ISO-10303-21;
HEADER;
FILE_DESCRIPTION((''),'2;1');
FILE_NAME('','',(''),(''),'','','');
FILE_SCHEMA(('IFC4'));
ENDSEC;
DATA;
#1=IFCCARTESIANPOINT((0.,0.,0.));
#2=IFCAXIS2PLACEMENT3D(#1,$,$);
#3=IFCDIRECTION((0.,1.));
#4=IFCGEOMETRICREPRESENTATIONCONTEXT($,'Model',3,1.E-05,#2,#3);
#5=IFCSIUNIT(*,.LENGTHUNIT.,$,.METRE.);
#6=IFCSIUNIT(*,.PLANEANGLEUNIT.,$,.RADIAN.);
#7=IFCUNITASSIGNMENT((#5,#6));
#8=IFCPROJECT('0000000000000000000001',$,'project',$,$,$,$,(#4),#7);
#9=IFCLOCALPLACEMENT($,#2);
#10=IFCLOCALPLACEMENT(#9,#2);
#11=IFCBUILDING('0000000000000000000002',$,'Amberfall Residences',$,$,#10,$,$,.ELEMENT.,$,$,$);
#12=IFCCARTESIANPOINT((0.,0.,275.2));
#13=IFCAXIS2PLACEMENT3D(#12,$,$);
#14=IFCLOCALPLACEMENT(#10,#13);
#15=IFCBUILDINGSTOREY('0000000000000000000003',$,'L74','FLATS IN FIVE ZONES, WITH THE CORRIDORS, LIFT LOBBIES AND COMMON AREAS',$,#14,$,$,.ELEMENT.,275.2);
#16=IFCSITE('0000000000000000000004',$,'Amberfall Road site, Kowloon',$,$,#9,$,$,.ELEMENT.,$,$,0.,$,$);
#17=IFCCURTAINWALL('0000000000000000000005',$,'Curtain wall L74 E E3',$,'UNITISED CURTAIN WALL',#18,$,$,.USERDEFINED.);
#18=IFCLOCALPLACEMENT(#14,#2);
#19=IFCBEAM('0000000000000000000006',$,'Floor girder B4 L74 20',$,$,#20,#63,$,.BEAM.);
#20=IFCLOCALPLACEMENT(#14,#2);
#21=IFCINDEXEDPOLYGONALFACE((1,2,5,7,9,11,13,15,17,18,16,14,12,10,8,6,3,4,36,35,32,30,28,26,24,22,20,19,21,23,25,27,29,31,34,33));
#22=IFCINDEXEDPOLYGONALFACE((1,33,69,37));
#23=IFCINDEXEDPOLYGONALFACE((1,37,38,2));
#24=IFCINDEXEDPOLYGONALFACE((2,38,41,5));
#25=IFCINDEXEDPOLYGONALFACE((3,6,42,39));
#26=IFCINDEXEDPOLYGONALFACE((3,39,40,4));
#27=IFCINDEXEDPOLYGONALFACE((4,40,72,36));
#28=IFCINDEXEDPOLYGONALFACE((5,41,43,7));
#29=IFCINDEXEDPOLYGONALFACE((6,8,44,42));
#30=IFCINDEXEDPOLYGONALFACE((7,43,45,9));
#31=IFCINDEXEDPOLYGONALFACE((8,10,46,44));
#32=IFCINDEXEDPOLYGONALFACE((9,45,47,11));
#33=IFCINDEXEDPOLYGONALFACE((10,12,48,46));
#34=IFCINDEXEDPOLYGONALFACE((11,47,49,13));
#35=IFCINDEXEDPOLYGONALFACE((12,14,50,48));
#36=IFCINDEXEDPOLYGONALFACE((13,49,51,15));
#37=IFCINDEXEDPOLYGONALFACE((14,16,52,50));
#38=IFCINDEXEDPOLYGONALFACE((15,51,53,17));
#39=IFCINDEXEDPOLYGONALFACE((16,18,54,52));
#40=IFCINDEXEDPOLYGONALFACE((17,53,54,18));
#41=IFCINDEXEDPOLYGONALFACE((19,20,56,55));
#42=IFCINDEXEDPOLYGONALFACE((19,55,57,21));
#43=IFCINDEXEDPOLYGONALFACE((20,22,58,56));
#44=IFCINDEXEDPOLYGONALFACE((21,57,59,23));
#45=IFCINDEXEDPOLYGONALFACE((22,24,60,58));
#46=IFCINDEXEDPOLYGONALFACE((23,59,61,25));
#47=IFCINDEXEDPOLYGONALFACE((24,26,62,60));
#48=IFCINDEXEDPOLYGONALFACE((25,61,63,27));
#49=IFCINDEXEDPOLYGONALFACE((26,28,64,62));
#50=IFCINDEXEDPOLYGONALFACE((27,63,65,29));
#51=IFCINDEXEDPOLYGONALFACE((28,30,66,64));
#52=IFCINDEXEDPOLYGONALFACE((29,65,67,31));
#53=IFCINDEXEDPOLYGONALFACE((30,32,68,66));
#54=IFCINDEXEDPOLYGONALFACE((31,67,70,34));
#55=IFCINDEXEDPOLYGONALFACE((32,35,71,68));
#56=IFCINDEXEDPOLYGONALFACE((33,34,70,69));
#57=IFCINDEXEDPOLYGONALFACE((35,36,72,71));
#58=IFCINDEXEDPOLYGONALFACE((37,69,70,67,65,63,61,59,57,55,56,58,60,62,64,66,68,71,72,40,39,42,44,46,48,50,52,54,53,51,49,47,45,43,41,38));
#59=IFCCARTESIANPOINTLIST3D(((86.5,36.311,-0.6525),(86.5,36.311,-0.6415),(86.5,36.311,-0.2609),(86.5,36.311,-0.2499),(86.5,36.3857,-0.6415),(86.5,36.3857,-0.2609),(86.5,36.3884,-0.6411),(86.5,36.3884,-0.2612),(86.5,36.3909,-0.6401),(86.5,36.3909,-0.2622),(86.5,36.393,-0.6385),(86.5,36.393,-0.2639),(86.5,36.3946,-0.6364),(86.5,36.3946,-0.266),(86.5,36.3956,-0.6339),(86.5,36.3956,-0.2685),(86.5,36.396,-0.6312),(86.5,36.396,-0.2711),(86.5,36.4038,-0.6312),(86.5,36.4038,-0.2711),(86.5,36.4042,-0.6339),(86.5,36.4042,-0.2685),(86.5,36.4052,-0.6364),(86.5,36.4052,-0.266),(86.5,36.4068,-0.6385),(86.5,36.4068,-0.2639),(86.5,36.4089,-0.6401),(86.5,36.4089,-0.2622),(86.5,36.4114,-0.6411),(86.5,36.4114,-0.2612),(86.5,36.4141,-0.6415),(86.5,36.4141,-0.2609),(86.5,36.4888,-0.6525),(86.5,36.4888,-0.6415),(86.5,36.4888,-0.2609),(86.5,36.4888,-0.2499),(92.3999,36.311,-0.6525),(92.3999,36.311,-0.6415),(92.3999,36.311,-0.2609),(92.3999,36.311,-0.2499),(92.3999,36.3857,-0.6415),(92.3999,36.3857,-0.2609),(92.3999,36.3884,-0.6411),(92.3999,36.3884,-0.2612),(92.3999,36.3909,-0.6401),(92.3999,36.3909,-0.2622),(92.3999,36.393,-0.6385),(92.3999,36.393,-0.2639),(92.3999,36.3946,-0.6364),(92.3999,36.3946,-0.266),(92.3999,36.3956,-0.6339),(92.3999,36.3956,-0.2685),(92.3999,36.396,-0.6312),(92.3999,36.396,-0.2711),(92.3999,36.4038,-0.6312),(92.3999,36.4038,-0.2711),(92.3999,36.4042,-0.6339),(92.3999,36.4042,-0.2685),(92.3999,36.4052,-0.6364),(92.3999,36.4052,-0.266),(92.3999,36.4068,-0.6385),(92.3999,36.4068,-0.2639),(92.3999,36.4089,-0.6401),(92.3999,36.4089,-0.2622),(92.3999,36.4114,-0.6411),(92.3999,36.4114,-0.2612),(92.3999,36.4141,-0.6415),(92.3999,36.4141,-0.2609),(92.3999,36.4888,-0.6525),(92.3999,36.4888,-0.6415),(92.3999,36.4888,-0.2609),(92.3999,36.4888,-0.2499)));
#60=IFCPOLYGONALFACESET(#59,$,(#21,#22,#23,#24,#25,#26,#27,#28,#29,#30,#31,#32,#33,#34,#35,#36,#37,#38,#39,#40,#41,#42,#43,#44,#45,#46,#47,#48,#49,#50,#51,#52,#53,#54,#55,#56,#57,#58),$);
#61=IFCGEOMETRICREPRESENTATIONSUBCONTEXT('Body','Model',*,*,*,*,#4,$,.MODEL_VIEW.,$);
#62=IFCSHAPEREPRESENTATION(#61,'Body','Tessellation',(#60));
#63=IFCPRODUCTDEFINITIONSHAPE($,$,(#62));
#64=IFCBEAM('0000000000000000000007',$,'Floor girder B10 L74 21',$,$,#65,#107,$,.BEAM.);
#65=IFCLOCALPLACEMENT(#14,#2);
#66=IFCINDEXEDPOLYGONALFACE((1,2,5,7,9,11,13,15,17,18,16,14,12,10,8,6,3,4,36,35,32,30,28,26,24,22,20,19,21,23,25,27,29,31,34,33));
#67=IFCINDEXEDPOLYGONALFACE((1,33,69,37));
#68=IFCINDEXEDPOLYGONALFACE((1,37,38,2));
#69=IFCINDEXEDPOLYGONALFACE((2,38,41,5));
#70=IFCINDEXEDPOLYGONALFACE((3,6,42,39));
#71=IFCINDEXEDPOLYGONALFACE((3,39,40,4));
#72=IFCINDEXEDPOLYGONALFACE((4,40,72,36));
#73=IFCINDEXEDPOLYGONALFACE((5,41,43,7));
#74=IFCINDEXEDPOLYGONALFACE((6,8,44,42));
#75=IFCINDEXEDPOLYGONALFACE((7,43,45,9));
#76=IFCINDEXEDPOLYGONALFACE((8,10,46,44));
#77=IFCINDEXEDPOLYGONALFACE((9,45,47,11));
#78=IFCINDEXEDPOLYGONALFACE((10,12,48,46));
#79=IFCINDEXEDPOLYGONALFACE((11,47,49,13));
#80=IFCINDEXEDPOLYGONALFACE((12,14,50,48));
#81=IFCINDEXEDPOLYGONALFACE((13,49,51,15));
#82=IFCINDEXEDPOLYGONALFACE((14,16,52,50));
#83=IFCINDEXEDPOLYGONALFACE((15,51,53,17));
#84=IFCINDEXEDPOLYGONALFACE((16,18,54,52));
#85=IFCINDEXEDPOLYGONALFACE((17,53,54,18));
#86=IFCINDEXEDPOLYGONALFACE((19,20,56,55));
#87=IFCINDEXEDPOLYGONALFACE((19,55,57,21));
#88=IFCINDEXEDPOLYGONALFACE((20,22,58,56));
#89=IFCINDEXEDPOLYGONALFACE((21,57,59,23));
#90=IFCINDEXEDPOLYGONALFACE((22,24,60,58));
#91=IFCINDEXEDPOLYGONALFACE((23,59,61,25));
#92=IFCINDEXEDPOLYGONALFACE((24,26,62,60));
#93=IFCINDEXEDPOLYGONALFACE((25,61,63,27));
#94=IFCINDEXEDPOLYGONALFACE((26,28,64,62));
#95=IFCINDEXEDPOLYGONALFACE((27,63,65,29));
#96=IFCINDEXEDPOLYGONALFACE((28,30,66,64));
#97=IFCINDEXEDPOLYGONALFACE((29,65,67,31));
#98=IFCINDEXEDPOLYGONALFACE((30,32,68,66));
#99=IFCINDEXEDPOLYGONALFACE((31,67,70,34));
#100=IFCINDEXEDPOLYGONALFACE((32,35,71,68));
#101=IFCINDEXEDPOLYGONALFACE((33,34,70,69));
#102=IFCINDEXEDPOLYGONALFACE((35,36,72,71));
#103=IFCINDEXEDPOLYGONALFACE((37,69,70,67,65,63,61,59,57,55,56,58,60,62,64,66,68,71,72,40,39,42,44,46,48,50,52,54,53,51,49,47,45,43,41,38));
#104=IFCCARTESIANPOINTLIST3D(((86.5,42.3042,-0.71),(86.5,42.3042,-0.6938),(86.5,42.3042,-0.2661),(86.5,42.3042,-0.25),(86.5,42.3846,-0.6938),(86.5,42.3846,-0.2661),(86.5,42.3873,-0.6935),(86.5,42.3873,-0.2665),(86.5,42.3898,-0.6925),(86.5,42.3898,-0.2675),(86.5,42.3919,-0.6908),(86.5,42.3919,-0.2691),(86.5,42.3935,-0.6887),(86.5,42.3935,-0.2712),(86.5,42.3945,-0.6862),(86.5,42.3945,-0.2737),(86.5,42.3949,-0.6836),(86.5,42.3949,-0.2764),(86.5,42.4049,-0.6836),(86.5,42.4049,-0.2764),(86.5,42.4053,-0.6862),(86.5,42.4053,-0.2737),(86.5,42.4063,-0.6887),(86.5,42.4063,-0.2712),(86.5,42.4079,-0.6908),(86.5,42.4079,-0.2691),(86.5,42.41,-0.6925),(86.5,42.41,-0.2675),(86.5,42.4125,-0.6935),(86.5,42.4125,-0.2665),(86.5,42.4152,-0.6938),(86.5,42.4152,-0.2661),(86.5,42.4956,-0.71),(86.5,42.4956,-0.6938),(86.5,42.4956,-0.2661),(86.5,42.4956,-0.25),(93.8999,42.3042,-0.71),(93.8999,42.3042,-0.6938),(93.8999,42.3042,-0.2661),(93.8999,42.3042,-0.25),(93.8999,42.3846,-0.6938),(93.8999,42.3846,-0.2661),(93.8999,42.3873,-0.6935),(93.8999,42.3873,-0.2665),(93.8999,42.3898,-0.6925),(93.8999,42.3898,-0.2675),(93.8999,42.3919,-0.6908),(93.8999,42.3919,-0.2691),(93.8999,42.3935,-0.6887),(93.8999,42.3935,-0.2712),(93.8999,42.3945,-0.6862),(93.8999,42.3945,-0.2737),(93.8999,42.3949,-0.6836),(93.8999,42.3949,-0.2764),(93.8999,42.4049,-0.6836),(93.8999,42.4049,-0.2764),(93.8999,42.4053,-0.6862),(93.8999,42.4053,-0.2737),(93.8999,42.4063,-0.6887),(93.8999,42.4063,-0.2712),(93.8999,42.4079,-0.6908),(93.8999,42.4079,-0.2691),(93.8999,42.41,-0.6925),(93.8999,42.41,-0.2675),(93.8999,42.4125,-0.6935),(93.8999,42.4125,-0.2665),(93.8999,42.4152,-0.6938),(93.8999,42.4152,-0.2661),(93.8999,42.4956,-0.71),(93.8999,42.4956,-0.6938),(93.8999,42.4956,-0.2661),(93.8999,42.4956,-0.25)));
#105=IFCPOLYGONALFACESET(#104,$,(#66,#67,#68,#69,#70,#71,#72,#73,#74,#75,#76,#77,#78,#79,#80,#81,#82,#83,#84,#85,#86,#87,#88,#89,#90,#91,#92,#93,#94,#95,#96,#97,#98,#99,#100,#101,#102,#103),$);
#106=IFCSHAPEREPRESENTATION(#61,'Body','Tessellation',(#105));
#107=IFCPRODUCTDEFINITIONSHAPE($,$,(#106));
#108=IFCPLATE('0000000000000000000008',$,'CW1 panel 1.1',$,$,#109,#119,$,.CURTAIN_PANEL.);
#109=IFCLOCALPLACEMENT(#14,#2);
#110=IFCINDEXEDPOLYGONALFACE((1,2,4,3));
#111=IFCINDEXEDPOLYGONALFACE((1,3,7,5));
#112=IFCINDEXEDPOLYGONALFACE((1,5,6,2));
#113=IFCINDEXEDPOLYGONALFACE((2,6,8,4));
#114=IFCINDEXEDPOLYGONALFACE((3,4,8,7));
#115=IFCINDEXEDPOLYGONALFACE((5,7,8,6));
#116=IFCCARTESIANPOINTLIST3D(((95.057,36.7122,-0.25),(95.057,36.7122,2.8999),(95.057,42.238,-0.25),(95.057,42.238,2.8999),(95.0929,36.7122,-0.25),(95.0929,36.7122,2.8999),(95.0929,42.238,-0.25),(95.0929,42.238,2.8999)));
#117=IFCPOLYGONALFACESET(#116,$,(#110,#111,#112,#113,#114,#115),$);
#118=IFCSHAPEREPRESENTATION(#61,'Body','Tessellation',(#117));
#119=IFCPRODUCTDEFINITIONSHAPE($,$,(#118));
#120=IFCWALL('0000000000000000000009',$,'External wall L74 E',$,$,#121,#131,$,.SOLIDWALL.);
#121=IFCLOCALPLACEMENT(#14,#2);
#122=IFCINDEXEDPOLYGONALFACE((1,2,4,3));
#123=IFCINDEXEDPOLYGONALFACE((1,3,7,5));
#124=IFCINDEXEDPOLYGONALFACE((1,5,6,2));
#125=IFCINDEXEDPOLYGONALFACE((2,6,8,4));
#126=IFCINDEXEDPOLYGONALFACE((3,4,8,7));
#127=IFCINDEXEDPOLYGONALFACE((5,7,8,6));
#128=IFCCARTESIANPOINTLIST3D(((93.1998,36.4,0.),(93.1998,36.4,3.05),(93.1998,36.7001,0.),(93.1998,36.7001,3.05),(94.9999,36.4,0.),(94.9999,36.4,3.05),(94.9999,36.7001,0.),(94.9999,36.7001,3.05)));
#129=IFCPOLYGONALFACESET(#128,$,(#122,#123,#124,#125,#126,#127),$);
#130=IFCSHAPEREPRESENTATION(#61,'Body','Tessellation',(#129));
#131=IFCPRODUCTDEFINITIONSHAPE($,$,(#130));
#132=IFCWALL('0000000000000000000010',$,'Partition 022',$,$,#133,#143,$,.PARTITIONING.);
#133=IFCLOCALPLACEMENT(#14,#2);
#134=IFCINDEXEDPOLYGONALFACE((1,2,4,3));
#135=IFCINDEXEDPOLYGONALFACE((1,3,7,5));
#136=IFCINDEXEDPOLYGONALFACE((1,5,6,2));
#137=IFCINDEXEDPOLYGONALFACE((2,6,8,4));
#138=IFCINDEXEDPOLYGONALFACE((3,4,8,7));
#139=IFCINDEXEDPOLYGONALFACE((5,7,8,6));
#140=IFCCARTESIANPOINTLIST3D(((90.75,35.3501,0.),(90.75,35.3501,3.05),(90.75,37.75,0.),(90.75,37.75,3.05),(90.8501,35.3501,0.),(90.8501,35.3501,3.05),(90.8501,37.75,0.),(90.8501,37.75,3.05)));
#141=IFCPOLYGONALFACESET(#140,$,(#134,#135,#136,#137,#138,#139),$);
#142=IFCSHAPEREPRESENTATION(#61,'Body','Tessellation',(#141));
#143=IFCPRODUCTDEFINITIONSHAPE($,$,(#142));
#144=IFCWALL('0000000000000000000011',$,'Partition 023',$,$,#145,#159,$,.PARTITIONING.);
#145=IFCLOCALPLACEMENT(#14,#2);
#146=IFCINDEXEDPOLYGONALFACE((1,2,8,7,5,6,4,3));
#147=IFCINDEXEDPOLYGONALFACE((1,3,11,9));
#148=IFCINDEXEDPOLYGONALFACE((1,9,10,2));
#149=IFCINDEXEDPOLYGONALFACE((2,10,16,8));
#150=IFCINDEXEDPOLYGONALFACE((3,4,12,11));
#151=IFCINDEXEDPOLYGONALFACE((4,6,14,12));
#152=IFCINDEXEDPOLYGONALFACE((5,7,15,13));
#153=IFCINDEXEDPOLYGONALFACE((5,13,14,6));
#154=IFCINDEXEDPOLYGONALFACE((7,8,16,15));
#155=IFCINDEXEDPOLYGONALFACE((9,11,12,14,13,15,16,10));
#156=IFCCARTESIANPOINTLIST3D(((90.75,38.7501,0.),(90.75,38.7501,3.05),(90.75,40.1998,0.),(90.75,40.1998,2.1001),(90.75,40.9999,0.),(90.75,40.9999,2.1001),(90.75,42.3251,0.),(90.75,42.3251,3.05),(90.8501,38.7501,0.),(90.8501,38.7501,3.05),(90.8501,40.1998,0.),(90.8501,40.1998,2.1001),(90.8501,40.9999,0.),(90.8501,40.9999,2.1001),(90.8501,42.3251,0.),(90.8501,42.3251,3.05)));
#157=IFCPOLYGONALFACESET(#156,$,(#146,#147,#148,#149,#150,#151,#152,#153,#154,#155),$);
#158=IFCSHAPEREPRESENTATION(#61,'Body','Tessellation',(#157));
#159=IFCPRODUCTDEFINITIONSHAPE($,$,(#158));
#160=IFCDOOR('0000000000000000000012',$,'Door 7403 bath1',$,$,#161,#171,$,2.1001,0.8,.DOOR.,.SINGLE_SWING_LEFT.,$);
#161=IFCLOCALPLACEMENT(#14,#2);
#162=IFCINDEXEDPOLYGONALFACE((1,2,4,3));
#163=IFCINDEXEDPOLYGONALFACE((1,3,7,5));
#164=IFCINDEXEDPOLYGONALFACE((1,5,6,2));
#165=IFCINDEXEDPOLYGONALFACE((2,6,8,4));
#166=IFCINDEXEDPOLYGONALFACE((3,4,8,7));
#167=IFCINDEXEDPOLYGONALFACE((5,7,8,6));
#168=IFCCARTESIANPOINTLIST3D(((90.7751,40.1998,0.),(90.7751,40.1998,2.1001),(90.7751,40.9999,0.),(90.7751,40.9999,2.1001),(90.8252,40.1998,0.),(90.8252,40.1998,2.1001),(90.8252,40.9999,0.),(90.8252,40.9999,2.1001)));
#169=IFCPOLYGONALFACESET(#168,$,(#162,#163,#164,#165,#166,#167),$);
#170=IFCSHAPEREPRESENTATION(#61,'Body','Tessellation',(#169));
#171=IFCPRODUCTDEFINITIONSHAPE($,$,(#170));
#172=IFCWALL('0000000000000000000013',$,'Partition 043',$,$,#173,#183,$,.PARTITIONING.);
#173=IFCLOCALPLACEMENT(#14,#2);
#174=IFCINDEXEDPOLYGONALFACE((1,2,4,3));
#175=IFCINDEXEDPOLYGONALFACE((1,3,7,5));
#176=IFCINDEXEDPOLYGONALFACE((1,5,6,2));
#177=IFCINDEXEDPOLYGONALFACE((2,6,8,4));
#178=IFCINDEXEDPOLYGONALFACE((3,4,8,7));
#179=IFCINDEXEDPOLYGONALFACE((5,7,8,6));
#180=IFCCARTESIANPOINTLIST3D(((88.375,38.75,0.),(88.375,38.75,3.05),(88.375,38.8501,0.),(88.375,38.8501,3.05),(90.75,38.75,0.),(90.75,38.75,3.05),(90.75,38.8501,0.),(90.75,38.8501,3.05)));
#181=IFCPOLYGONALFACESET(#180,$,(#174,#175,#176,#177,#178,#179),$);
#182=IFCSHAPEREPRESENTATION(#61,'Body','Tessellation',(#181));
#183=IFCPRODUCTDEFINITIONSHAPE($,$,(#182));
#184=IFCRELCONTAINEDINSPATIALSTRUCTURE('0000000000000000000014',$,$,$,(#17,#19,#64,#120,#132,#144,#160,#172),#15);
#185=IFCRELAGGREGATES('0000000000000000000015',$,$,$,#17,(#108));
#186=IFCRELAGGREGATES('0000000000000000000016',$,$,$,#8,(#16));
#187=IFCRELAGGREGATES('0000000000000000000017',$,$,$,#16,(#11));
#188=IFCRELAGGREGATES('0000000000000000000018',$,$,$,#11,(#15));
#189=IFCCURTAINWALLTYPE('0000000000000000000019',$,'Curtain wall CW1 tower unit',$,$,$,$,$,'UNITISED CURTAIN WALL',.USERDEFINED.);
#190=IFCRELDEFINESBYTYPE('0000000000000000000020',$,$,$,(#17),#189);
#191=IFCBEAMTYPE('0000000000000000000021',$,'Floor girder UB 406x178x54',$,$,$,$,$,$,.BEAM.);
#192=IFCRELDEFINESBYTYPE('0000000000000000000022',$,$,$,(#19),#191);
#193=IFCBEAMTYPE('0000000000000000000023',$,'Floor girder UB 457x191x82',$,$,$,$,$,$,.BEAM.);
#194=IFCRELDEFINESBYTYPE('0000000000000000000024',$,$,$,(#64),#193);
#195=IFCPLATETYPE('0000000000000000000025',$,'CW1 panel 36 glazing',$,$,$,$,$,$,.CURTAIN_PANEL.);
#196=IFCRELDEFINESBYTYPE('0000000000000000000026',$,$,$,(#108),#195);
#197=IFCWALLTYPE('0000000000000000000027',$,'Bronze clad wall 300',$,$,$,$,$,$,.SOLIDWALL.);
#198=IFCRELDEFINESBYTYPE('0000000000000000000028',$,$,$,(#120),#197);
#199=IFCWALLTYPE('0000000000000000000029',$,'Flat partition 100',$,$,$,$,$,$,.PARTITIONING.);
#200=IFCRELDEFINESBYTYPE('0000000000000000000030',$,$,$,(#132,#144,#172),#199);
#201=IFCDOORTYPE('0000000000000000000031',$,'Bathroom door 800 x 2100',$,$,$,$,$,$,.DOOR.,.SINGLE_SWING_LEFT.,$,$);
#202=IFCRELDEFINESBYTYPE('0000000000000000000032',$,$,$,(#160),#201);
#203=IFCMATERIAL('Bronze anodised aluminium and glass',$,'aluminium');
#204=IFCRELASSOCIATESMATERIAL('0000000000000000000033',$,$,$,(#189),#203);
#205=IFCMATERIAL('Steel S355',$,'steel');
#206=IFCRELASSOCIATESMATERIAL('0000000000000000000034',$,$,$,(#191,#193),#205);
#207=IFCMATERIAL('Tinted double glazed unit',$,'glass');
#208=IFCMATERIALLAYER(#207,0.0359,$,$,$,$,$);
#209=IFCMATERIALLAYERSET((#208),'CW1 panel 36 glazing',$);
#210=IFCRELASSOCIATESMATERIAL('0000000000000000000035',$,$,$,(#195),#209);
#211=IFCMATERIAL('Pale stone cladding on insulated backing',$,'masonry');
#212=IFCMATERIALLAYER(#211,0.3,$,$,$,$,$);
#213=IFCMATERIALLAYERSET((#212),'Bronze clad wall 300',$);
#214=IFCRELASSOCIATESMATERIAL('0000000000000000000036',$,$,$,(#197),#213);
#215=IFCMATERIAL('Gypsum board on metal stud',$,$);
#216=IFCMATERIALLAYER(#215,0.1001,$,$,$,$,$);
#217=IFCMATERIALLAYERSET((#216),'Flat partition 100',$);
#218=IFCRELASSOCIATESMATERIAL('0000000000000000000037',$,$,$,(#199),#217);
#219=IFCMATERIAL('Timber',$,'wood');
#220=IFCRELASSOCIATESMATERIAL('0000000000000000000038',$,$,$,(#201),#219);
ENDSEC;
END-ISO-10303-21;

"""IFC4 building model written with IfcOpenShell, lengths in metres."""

from ifc_helpers import new_model, si_unit, direction, frame, frame_2d, origin, origin_2d, place, context, subcontext, project, spatial, rectangle, i_section, extrude, material, layer, layer_set, material_profile, profile_set, type_object, element, fill, aggregate, save


model = new_model("IFC4")

# Units and contexts
model_context = context("Model", 3, precision=1e-05, world=origin(), true_north=direction((0.0, 1.0)))
body_context = subcontext(model_context, "Body", "Model", "MODEL_VIEW")
ifc_project = project(units=[si_unit("LENGTHUNIT", "METRE"), si_unit("PLANEANGLEUNIT", "RADIAN")], contexts=[model_context])

# Site, building, storey
site_placement = place(None, origin())
site = spatial("IfcSite", under=ifc_project, at=site_placement, Name="Amberfall Road site, Kowloon", CompositionType="ELEMENT", RefElevation=0.0)
building_placement = place(site_placement, origin())
building = spatial("IfcBuilding", under=site, at=building_placement, Name="Amberfall Residences", CompositionType="ELEMENT")
storey_placement = place(building_placement, frame((0.0, 0.0, 275.2)))
storey = spatial("IfcBuildingStorey", under=building, at=storey_placement, Name="L74", Description="FLATS IN FIVE ZONES, WITH THE CORRIDORS, LIFT LOBBIES AND COMMON AREAS", CompositionType="ELEMENT", Elevation=275.2)

# Curtain wall
ifc_material_1 = material(Name="Bronze anodised aluminium and glass", Category="aluminium")
curtain_wall_type = type_object("IfcCurtainWallType", Name="Curtain wall CW1 tower unit", ElementType="UNITISED CURTAIN WALL", PredefinedType="USERDEFINED", material=ifc_material_1)
curtain_wall_placement = place(storey_placement, origin())
curtain_wall = element("IfcCurtainWall", 1, at=curtain_wall_placement, inside=storey, type_object=curtain_wall_type, Name="Curtain wall L74 E E3", ObjectType="UNITISED CURTAIN WALL", PredefinedType="USERDEFINED")

# Shared definitions
ifc_material_2 = material(Name="Steel S355", Category="steel")

# Beams
ifc_material_profile_1 = material_profile(ifc_material_2, i_section(OverallWidth=0.1777, OverallDepth=0.4026, WebThickness=0.0078, FlangeThickness=0.011, FilletRadius=0.0103, at=origin_2d()), Name="UB 406x178x54")
ifc_profile_set_1 = profile_set([ifc_material_profile_1], Name="Steel S355")
beam_type_1 = type_object("IfcBeamType", Name="Floor girder UB 406x178x54", PredefinedType="BEAM", material=ifc_profile_set_1)
beam_1_placement = place(storey_placement, frame((92.3999, 36.3999, -0.4512), z_axis=(-1.0, 0.0, 0.0), x_axis=(0.0, -1.0, 0.0)))
element("IfcBeam", 2, at=beam_1_placement, inside=storey, type_object=beam_type_1, Name="Floor girder B4 L74 20", PredefinedType="BEAM", context=body_context, shape_type="SweptSolid", body=[
    extrude(i_section(OverallWidth=0.1777, OverallDepth=0.4026, WebThickness=0.0078, FlangeThickness=0.011, FilletRadius=0.0103, at=origin_2d()), origin(), (0.0, 0.0, 1.0), 5.8999),
])
ifc_material_profile_2 = material_profile(ifc_material_2, i_section(OverallWidth=0.1914, OverallDepth=0.46, WebThickness=0.01, FlangeThickness=0.0161, FilletRadius=0.0103, at=origin_2d()), Name="UB 457x191x82")
ifc_profile_set_2 = profile_set([ifc_material_profile_2], Name="Steel S355")
beam_type_2 = type_object("IfcBeamType", Name="Floor girder UB 457x191x82", PredefinedType="BEAM", material=ifc_profile_set_2)
beam_2_placement = place(storey_placement, frame((93.8999, 42.3999, -0.48), z_axis=(-1.0, 0.0, 0.0), x_axis=(0.0, -1.0, 0.0)))
element("IfcBeam", 3, at=beam_2_placement, inside=storey, type_object=beam_type_2, Name="Floor girder B10 L74 21", PredefinedType="BEAM", context=body_context, shape_type="SweptSolid", body=[
    extrude(i_section(OverallWidth=0.1914, OverallDepth=0.46, WebThickness=0.01, FlangeThickness=0.0161, FilletRadius=0.0103, at=origin_2d()), origin(), (0.0, 0.0, 1.0), 7.3999),
])

# Plate
ifc_material_3 = material(Name="Tinted double glazed unit", Category="glass")
ifc_layer_1 = layer(ifc_material_3, 0.0359)
ifc_layer_set_1 = layer_set([ifc_layer_1], Name="CW1 panel 36 glazing")
plate_type = type_object("IfcPlateType", Name="CW1 panel 36 glazing", PredefinedType="CURTAIN_PANEL", material=ifc_layer_set_1)
plate_placement = place(storey_placement, frame((95.075, 39.4751, -0.25), z_axis=(0.0, 0.0, 1.0), x_axis=(0.0, 1.0, 0.0)))
plate = element("IfcPlate", 4, at=plate_placement, type_object=plate_type, Name="CW1 panel 1.1", PredefinedType="CURTAIN_PANEL", context=body_context, shape_type="SweptSolid", body=[
    extrude(rectangle(XDim=5.5259, YDim=0.0359, at=origin_2d()), origin(), (0.0, 0.0, 1.0), 3.1499),
])
aggregate(curtain_wall, [plate])

# Walls
ifc_material_4 = material(Name="Pale stone cladding on insulated backing", Category="masonry")
ifc_layer_2 = layer(ifc_material_4, 0.3)
ifc_layer_set_2 = layer_set([ifc_layer_2], Name="Bronze clad wall 300")
wall_type_1 = type_object("IfcWallType", Name="Bronze clad wall 300", PredefinedType="SOLIDWALL", material=ifc_layer_set_2)
wall_1_placement = place(storey_placement, frame((93.2, 36.55, 0.0), z_axis=(0.0, 0.0, 1.0), x_axis=(1.0, 0.0, 0.0)))
element("IfcWall", 5, at=wall_1_placement, inside=storey, type_object=wall_type_1, Name="External wall L74 E", PredefinedType="SOLIDWALL", context=body_context, shape_type="SweptSolid", body=[
    extrude(rectangle(XDim=1.8, YDim=0.3, at=frame_2d((0.8999, 0.0))), origin(), (0.0, 0.0, 1.0), 3.05),
])
ifc_material_5 = material(Name="Gypsum board on metal stud")
ifc_layer_3 = layer(ifc_material_5, 0.1001)
ifc_layer_set_3 = layer_set([ifc_layer_3], Name="Flat partition 100")
wall_type_2 = type_object("IfcWallType", Name="Flat partition 100", PredefinedType="PARTITIONING", material=ifc_layer_set_3)
wall_2_placement = place(storey_placement, frame((90.8, 35.3501, 0.0), z_axis=(0.0, 0.0, 1.0), x_axis=(0.0, 1.0, 0.0)))
element("IfcWall", 6, at=wall_2_placement, inside=storey, type_object=wall_type_2, Name="Partition 022", PredefinedType="PARTITIONING", context=body_context, shape_type="SweptSolid", body=[
    extrude(rectangle(XDim=2.3999, YDim=0.1001, at=frame_2d((1.2, 0.0))), origin(), (0.0, 0.0, 1.0), 3.05),
])

# Wall, opening, door
wall_3_placement = place(storey_placement, frame((90.8, 38.75, 0.0), z_axis=(0.0, 0.0, 1.0), x_axis=(0.0, 1.0, 0.0)))
wall_3 = element("IfcWall", 7, at=wall_3_placement, inside=storey, type_object=wall_type_2, Name="Partition 023", PredefinedType="PARTITIONING", context=body_context, shape_type="SweptSolid", body=[
    extrude(rectangle(XDim=3.575, YDim=0.1001, at=frame_2d((1.7876, 0.0))), origin(), (0.0, 0.0, 1.0), 3.05),
])
opening_1_placement = place(wall_3_placement, frame((1.45, 0.0, 0.0)))
opening_1 = element("IfcOpeningElement", 8, at=opening_1_placement, cuts=wall_3, PredefinedType="OPENING", context=body_context, shape_type="SweptSolid", body=[
    extrude(rectangle(XDim=0.8, YDim=2.1001, at=frame_2d((0.3999, 1.05))), frame((0.0, 0.0601, 0.0), z_axis=(0.0, -1.0, 0.0), x_axis=(1.0, 0.0, 0.0)), (0.0, 0.0, 1.0), 0.1201),
])
ifc_material_6 = material(Name="Timber", Category="wood")
door_type_1 = type_object("IfcDoorType", Name="Bathroom door 800 x 2100", OperationType="SINGLE_SWING_LEFT", PredefinedType="DOOR", material=ifc_material_6)
door_1_placement = place(opening_1_placement, origin())
door_1 = element("IfcDoor", 9, at=door_1_placement, inside=storey, type_object=door_type_1, Name="Door 7403 bath1", OperationType="SINGLE_SWING_LEFT", OverallHeight=2.1001, OverallWidth=0.8, PredefinedType="DOOR", context=body_context, shape_type="SweptSolid", body=[
    extrude(rectangle(XDim=0.8, YDim=2.1001, at=frame_2d((0.3999, 1.05))), frame((0.0, 0.0249, 0.0), z_axis=(0.0, -1.0, 0.0), x_axis=(1.0, 0.0, 0.0)), (0.0, 0.0, 1.0), 0.05),
])
fill(opening_1, door_1)

# Wall
for number, where, z_axis, x_axis, name in (
    (10, (88.375, 38.8, 0.0), (0.0, 0.0, 1.0), (1.0, 0.0, 0.0), "Partition 043"),
):
    element("IfcWall", number, at=place(storey_placement, frame(where, z_axis=z_axis, x_axis=x_axis)), inside=storey, type_object=wall_type_2, Name=name, PredefinedType="PARTITIONING", context=body_context, shape_type="SweptSolid", body=[
        extrude(rectangle(XDim=2.375, YDim=0.1001, at=frame_2d((1.1875, 0.0))), origin(), (0.0, 0.0, 1.0), 3.05),
    ])

save(model, "model.ifc")
